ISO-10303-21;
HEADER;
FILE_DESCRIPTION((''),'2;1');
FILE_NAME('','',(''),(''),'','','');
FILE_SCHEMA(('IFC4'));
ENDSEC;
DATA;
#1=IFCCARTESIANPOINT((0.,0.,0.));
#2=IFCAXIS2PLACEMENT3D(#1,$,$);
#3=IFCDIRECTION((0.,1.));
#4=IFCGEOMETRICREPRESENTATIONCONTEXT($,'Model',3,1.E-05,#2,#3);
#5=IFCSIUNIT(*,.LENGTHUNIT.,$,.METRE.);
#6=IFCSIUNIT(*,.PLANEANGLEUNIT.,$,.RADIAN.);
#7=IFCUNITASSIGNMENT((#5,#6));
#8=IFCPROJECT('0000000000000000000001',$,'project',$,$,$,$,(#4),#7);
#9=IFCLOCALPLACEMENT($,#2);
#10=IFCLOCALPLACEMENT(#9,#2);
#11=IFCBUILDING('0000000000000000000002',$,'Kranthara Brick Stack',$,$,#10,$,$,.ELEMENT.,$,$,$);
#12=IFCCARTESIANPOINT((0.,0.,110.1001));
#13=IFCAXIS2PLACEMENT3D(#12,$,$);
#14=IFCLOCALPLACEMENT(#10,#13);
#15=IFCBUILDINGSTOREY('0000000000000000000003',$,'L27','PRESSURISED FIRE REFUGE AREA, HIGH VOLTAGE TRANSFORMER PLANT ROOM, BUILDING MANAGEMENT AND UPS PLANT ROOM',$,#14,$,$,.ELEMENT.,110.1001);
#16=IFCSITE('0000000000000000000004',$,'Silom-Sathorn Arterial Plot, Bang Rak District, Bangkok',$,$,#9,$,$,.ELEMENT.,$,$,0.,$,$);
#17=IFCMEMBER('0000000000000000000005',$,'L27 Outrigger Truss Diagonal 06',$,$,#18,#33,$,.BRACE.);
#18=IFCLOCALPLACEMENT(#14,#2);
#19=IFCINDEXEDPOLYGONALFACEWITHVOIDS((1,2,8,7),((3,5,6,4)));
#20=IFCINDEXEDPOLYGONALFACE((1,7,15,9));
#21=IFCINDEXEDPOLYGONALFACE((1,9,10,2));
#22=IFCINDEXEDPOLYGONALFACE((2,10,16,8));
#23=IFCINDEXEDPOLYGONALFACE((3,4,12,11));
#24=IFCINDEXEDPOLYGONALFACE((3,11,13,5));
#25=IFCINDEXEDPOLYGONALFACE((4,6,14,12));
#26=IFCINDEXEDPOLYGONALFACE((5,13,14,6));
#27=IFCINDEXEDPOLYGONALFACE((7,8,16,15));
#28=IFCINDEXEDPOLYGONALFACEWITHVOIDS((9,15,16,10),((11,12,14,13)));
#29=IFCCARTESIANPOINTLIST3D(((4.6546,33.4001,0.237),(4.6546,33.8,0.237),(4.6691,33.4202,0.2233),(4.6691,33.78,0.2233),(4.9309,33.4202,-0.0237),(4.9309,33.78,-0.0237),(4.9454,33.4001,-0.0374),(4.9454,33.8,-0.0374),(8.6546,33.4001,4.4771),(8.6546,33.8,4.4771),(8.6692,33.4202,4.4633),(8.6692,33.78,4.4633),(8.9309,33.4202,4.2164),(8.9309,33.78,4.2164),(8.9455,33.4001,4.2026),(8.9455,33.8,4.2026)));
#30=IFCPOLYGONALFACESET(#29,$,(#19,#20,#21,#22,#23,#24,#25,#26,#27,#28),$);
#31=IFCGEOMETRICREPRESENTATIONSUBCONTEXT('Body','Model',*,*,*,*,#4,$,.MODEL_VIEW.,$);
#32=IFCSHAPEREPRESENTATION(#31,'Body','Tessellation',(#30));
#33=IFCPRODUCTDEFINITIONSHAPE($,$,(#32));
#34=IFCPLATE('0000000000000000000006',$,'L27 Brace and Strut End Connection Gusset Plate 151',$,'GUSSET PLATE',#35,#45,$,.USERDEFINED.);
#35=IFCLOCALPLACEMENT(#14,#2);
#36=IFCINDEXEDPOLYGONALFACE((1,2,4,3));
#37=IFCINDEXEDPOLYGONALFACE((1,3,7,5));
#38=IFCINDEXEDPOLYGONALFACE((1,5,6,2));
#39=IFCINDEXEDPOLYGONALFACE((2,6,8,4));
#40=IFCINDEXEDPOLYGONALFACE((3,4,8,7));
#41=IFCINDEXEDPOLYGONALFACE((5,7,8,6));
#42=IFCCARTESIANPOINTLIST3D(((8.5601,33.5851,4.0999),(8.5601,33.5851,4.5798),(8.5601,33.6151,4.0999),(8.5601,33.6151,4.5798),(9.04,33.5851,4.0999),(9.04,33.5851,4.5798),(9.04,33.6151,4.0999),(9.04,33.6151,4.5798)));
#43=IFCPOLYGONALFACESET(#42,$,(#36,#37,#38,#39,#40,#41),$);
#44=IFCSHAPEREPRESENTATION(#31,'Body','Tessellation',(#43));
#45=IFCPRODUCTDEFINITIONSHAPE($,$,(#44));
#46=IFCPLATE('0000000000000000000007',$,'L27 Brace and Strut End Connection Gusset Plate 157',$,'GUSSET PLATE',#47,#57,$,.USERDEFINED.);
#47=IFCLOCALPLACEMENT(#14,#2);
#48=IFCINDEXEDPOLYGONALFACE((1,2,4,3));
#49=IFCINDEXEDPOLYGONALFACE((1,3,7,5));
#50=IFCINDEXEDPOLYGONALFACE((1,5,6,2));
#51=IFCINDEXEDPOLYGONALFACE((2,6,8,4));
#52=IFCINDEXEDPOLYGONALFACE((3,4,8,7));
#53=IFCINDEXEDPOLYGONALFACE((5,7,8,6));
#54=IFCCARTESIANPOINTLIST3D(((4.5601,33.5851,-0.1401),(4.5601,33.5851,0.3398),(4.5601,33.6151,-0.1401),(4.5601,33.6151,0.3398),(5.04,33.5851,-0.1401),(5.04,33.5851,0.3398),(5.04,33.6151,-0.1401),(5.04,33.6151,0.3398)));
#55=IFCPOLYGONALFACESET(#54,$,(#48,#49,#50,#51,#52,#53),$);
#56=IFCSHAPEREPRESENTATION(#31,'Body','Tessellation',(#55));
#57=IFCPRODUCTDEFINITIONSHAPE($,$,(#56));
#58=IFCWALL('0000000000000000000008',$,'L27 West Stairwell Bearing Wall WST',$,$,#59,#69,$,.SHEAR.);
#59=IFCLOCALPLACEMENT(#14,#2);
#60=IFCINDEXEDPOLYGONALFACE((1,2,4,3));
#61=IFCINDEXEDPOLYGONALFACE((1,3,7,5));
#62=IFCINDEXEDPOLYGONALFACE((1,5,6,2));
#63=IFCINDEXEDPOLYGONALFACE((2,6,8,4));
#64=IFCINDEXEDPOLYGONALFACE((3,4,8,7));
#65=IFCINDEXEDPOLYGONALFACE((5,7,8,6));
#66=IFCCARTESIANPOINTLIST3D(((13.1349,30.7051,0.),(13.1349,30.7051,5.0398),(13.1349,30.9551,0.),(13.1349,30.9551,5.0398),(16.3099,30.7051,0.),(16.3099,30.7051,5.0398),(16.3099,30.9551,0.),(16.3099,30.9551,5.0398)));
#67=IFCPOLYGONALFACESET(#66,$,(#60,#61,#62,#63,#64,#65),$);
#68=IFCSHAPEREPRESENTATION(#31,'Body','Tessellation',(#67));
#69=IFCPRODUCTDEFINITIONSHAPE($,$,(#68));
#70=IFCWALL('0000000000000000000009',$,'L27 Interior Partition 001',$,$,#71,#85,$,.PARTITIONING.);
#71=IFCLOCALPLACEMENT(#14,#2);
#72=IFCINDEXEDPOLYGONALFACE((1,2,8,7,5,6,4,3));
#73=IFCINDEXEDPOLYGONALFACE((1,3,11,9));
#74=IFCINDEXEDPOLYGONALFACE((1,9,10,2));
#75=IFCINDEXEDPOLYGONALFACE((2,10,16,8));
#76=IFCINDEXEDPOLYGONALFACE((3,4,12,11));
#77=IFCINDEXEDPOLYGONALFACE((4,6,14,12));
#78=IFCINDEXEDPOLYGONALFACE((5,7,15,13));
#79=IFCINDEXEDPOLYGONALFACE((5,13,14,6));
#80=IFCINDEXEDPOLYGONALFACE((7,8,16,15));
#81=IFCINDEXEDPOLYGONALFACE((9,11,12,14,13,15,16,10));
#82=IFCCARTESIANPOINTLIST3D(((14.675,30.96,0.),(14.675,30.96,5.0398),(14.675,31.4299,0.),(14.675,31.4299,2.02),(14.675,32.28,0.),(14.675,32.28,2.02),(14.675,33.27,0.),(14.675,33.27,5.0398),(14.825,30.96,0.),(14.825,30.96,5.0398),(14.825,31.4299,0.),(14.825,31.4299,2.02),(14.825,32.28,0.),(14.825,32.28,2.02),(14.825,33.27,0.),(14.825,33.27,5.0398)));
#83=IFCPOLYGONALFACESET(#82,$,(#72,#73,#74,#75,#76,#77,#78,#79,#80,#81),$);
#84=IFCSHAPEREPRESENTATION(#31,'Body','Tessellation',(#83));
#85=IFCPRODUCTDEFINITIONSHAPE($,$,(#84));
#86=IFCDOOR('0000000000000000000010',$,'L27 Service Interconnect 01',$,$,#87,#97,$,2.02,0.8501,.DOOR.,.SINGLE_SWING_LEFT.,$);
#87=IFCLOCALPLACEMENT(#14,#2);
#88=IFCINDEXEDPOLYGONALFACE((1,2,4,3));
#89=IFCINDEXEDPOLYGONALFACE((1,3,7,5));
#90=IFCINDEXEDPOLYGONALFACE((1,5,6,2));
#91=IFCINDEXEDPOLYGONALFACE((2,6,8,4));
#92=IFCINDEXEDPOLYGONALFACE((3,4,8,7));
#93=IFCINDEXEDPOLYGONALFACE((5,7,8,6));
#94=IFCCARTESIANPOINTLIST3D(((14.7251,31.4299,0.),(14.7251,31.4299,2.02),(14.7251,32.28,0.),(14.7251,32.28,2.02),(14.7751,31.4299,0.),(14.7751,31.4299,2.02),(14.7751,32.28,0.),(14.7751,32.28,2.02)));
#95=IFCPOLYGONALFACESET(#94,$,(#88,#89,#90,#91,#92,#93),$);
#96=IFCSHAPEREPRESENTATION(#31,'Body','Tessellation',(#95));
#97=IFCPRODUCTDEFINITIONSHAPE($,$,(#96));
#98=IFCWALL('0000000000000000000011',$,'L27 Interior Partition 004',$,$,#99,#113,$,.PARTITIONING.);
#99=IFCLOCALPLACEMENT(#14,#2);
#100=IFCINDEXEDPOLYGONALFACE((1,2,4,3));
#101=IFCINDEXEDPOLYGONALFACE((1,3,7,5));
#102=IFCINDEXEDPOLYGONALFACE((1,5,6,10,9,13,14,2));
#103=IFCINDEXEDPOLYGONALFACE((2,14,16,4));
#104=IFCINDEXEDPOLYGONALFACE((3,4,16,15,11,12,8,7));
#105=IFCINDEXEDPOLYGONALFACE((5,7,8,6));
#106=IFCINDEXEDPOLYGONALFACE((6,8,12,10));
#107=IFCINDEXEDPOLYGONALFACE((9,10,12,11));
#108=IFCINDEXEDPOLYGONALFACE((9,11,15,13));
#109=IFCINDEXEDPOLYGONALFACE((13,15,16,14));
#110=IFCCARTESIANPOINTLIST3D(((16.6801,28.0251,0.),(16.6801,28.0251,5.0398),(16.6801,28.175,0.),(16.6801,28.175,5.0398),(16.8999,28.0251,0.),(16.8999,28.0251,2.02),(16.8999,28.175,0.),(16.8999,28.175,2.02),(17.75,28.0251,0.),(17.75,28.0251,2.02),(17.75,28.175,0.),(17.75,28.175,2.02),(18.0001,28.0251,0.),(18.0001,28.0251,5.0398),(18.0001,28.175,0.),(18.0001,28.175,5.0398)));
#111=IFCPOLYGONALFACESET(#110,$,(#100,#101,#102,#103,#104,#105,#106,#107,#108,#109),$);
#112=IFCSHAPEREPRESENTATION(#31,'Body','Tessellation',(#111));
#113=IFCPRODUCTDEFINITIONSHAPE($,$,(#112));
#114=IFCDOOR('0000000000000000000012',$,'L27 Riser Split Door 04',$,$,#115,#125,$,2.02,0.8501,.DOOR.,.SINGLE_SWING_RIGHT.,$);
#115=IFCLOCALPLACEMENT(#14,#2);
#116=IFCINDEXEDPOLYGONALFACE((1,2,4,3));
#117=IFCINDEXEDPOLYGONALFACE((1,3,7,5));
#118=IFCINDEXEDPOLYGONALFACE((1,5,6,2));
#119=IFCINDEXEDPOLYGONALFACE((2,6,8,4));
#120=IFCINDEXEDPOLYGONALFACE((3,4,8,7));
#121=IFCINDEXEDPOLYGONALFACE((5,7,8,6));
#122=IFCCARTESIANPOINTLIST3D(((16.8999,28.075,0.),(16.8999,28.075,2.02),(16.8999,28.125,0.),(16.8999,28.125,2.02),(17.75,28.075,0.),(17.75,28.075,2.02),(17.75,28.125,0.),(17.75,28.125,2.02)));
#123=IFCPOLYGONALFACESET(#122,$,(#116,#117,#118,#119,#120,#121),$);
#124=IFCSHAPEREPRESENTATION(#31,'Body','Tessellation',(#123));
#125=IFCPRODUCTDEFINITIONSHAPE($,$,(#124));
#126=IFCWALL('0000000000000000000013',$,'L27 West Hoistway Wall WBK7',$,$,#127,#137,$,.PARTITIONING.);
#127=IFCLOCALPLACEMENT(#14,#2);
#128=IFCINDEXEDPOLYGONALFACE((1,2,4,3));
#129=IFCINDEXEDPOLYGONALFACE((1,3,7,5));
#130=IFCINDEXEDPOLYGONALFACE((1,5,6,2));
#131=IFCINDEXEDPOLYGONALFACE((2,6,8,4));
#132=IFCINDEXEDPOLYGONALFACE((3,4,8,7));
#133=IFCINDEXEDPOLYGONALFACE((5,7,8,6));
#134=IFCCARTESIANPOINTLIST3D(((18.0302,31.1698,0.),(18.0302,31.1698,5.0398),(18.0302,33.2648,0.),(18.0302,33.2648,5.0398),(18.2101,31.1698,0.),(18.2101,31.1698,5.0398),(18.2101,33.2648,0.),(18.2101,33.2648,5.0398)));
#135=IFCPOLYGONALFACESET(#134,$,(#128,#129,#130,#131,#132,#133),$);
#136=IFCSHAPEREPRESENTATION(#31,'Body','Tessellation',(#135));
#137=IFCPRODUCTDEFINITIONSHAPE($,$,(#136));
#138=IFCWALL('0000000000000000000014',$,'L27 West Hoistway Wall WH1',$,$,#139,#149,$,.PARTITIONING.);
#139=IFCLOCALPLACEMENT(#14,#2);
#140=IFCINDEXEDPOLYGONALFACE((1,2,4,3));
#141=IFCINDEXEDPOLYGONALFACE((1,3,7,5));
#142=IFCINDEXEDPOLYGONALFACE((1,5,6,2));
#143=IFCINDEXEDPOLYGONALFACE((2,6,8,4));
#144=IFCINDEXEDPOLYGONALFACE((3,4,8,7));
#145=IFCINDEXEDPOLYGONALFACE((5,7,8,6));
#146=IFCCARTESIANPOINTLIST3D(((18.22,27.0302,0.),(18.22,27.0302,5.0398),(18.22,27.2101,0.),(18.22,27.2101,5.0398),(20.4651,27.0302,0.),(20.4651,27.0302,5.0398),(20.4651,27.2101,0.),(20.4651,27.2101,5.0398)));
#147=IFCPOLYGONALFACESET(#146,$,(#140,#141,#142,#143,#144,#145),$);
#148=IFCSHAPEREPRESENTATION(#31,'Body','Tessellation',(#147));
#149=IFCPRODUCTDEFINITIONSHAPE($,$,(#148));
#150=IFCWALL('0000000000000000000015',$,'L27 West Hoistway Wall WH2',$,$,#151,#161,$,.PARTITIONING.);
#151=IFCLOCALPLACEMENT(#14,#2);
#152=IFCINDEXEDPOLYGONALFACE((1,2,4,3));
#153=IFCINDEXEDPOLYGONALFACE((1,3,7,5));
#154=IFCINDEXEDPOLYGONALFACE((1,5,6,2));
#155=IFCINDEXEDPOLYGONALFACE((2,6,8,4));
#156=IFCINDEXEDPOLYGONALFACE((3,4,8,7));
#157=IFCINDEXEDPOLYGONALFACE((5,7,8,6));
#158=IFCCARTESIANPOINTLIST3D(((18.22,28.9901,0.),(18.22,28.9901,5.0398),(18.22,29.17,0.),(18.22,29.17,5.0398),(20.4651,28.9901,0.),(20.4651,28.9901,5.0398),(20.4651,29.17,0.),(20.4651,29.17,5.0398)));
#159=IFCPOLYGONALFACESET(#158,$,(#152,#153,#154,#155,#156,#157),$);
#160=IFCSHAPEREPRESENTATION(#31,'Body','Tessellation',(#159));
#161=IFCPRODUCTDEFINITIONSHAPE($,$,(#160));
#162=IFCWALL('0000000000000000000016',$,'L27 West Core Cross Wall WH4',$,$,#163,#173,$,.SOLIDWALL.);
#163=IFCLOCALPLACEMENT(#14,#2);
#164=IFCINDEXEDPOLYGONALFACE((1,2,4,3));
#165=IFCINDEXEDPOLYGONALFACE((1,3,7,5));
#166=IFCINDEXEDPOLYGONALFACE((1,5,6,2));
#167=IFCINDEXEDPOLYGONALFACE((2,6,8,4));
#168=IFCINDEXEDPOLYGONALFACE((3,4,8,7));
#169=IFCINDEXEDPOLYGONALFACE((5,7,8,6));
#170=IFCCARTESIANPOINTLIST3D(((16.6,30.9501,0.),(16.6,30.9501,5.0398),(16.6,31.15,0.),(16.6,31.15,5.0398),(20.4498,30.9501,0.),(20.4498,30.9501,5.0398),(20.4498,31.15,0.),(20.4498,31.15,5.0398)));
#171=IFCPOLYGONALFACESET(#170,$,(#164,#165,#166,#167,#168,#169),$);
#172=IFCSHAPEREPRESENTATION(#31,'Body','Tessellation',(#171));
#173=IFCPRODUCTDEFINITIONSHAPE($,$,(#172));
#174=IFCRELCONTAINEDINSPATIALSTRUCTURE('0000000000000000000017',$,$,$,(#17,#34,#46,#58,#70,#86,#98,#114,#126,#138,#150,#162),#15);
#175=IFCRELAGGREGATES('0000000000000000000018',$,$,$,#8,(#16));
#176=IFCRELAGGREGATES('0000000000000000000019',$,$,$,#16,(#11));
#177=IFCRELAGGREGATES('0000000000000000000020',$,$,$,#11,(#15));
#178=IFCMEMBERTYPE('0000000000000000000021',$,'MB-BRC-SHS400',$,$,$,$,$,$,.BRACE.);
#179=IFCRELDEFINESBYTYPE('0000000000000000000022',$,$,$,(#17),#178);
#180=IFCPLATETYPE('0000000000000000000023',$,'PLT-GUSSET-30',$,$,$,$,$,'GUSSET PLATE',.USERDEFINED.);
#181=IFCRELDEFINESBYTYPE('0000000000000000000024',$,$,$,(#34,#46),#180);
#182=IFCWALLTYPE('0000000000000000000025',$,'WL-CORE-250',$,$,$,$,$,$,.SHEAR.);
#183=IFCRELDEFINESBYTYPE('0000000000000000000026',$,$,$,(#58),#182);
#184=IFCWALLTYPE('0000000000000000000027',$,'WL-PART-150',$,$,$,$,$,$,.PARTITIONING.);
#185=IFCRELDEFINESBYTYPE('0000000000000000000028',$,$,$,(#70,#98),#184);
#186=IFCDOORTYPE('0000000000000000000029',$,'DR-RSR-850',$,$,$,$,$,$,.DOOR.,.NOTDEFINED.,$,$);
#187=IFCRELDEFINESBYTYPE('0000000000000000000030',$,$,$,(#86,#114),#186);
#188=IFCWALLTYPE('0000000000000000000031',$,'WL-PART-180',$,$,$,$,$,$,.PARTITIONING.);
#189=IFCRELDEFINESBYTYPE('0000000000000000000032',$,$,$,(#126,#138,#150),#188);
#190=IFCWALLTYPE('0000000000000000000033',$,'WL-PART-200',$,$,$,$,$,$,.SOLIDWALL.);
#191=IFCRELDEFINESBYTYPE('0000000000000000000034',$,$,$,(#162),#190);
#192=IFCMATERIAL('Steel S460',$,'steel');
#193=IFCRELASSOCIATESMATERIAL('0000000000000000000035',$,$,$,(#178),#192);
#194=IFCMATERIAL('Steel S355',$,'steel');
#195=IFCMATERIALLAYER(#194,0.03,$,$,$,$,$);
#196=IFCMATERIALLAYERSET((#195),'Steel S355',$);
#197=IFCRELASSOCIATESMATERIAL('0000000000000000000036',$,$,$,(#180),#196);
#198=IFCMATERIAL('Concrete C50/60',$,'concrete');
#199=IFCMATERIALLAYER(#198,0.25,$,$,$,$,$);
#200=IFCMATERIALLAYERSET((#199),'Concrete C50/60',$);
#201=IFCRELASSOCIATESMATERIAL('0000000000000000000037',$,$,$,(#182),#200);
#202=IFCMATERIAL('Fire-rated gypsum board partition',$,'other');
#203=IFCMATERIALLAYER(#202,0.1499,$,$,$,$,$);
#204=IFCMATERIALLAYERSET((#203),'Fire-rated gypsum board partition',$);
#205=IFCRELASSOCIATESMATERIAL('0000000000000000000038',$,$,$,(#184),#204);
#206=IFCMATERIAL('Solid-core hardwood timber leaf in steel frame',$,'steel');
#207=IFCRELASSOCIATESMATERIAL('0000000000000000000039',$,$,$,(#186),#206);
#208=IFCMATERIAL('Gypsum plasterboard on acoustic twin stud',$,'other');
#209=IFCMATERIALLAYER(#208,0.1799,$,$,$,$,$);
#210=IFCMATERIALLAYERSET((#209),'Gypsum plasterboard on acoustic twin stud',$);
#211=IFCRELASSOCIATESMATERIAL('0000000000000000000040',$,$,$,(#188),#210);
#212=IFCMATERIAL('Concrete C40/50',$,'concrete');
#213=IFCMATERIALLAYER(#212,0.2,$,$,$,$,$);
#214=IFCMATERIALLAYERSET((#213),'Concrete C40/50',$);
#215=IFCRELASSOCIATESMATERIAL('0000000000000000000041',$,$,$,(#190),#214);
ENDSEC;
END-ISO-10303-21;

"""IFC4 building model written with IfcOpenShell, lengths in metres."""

from ifc_helpers import new_model, si_unit, direction, frame, frame_2d, origin, origin_2d, place, context, subcontext, project, spatial, rectangle, hollow_rectangle, extrude, material, layer, layer_set, material_profile, profile_set, type_object, element, fill, save


model = new_model("IFC4")

# Units and contexts
model_context = context("Model", 3, precision=1e-05, world=origin(), true_north=direction((0.0, 1.0)))
body_context = subcontext(model_context, "Body", "Model", "MODEL_VIEW")
ifc_project = project(units=[si_unit("LENGTHUNIT", "METRE"), si_unit("PLANEANGLEUNIT", "RADIAN")], contexts=[model_context])

# Site, building, storey
site_placement = place(None, origin())
site = spatial("IfcSite", under=ifc_project, at=site_placement, Name="Silom-Sathorn Arterial Plot, Bang Rak District, Bangkok", CompositionType="ELEMENT", RefElevation=0.0)
building_placement = place(site_placement, origin())
building = spatial("IfcBuilding", under=site, at=building_placement, Name="Kranthara Brick Stack", CompositionType="ELEMENT")
storey_placement = place(building_placement, frame((0.0, 0.0, 110.1001)))
storey = spatial("IfcBuildingStorey", under=building, at=storey_placement, Name="L27", Description="PRESSURISED FIRE REFUGE AREA, HIGH VOLTAGE TRANSFORMER PLANT ROOM, BUILDING MANAGEMENT AND UPS PLANT ROOM", CompositionType="ELEMENT", Elevation=110.1001)

# Member
ifc_material_1 = material(Name="Steel S460", Category="steel")
ifc_material_profile_1 = material_profile(ifc_material_1, hollow_rectangle(XDim=0.3999, YDim=0.3999, WallThickness=0.02, at=origin_2d()), Name="SHS 400x400x20")
ifc_profile_set_1 = profile_set([ifc_material_profile_1], Name="Steel S460")
member_type = type_object("IfcMemberType", Name="MB-BRC-SHS400", PredefinedType="BRACE", material=ifc_profile_set_1)
member_placement = place(storey_placement, frame((8.8, 33.6001, 4.3398), z_axis=(-0.686221, 0.0, -0.727393), x_axis=(0.0, -1.0, 0.0)))
element("IfcMember", 1, at=member_placement, inside=storey, type_object=member_type, Name="L27 Outrigger Truss Diagonal 06", PredefinedType="BRACE", context=body_context, shape_type="SweptSolid", body=[
    extrude(hollow_rectangle(XDim=0.3999, YDim=0.3999, WallThickness=0.02, at=origin_2d()), origin(), (0.0, 0.0, 1.0), 5.8291),
])

# Plates
ifc_material_2 = material(Name="Steel S355", Category="steel")
ifc_layer_1 = layer(ifc_material_2, 0.03)
ifc_layer_set_1 = layer_set([ifc_layer_1], Name="Steel S355")
plate_type = type_object("IfcPlateType", Name="PLT-GUSSET-30", ElementType="GUSSET PLATE", PredefinedType="USERDEFINED", material=ifc_layer_set_1)
for number, where, z_axis, x_axis, name in (
    (2, (8.8, 33.6001, 4.0999), (0.0, 0.0, 1.0), (1.0, 0.0, 0.0), "L27 Brace and Strut End Connection Gusset Plate 151"),
    (3, (4.8, 33.6001, -0.1401), (0.0, 0.0, 1.0), (1.0, 0.0, 0.0), "L27 Brace and Strut End Connection Gusset Plate 157"),
):
    element("IfcPlate", number, at=place(storey_placement, frame(where, z_axis=z_axis, x_axis=x_axis)), inside=storey, type_object=plate_type, Name=name, ObjectType="GUSSET PLATE", PredefinedType="USERDEFINED", context=body_context, shape_type="SweptSolid", body=[
        extrude(rectangle(XDim=0.48, YDim=0.03, at=origin_2d()), origin(), (0.0, 0.0, 1.0), 0.48),
    ])

# Wall
ifc_material_3 = material(Name="Concrete C50/60", Category="concrete")
ifc_layer_2 = layer(ifc_material_3, 0.25)
ifc_layer_set_2 = layer_set([ifc_layer_2], Name="Concrete C50/60")
wall_type_1 = type_object("IfcWallType", Name="WL-CORE-250", PredefinedType="SHEAR", material=ifc_layer_set_2)
wall_1_placement = place(storey_placement, frame((13.135, 30.8301, 0.0), z_axis=(0.0, 0.0, 1.0), x_axis=(1.0, 0.0, 0.0)))
element("IfcWall", 4, at=wall_1_placement, inside=storey, type_object=wall_type_1, Name="L27 West Stairwell Bearing Wall WST", PredefinedType="SHEAR", context=body_context, shape_type="SweptSolid", body=[
    extrude(rectangle(XDim=3.175, YDim=0.25, at=frame_2d((1.5874, 0.0))), origin(), (0.0, 0.0, 1.0), 5.0398),
])

# Walls, openings, doors
ifc_material_4 = material(Name="Fire-rated gypsum board partition", Category="other")
ifc_layer_3 = layer(ifc_material_4, 0.1499)
ifc_layer_set_3 = layer_set([ifc_layer_3], Name="Fire-rated gypsum board partition")
wall_type_2 = type_object("IfcWallType", Name="WL-PART-150", PredefinedType="PARTITIONING", material=ifc_layer_set_3)
wall_2_placement = place(storey_placement, frame((14.75, 30.96, 0.0), z_axis=(0.0, 0.0, 1.0), x_axis=(0.0, 1.0, 0.0)))
wall_2 = element("IfcWall", 5, at=wall_2_placement, inside=storey, type_object=wall_type_2, Name="L27 Interior Partition 001", PredefinedType="PARTITIONING", context=body_context, shape_type="SweptSolid", body=[
    extrude(rectangle(XDim=2.3101, YDim=0.1499, at=frame_2d((1.155, 0.0))), origin(), (0.0, 0.0, 1.0), 5.0398),
])
opening_1_placement = place(wall_2_placement, frame((0.47, 0.0, 0.0)))
opening_1 = element("IfcOpeningElement", 6, at=opening_1_placement, cuts=wall_2, PredefinedType="OPENING", context=body_context, shape_type="SweptSolid", body=[
    extrude(rectangle(XDim=0.8501, YDim=2.02, at=frame_2d((0.425, 1.01))), frame((0.0, 0.085, 0.0), z_axis=(0.0, -1.0, 0.0), x_axis=(1.0, 0.0, 0.0)), (0.0, 0.0, 1.0), 0.1699),
])
ifc_material_5 = material(Name="Solid-core hardwood timber leaf in steel frame", Category="steel")
door_type_1 = type_object("IfcDoorType", Name="DR-RSR-850", OperationType="NOTDEFINED", PredefinedType="DOOR", material=ifc_material_5)
door_1_placement = place(opening_1_placement, origin())
door_1 = element("IfcDoor", 7, at=door_1_placement, inside=storey, type_object=door_type_1, Name="L27 Service Interconnect 01", OperationType="SINGLE_SWING_LEFT", OverallHeight=2.02, OverallWidth=0.8501, PredefinedType="DOOR", context=body_context, shape_type="SweptSolid", body=[
    extrude(rectangle(XDim=0.8501, YDim=2.02, at=frame_2d((0.425, 1.01))), frame((0.0, 0.0249, 0.0), z_axis=(0.0, -1.0, 0.0), x_axis=(1.0, 0.0, 0.0)), (0.0, 0.0, 1.0), 0.05),
])
fill(opening_1, door_1)
wall_3_placement = place(storey_placement, frame((16.6799, 28.1001, 0.0), z_axis=(0.0, 0.0, 1.0), x_axis=(1.0, 0.0, 0.0)))
wall_3 = element("IfcWall", 8, at=wall_3_placement, inside=storey, type_object=wall_type_2, Name="L27 Interior Partition 004", PredefinedType="PARTITIONING", context=body_context, shape_type="SweptSolid", body=[
    extrude(rectangle(XDim=1.3201, YDim=0.1499, at=frame_2d((0.6602, 0.0))), origin(), (0.0, 0.0, 1.0), 5.0398),
])
opening_2_placement = place(wall_3_placement, frame((0.22, 0.0, 0.0)))
opening_2 = element("IfcOpeningElement", 9, at=opening_2_placement, cuts=wall_3, PredefinedType="OPENING", context=body_context, shape_type="SweptSolid", body=[
    extrude(rectangle(XDim=0.8501, YDim=2.02, at=frame_2d((0.425, 1.01))), frame((0.0, 0.085, 0.0), z_axis=(0.0, -1.0, 0.0), x_axis=(1.0, 0.0, 0.0)), (0.0, 0.0, 1.0), 0.1699),
])
door_2_placement = place(opening_2_placement, origin())
door_2 = element("IfcDoor", 10, at=door_2_placement, inside=storey, type_object=door_type_1, Name="L27 Riser Split Door 04", OperationType="SINGLE_SWING_RIGHT", OverallHeight=2.02, OverallWidth=0.8501, PredefinedType="DOOR", context=body_context, shape_type="SweptSolid", body=[
    extrude(rectangle(XDim=0.8501, YDim=2.02, at=frame_2d((0.425, 1.01))), frame((0.0, 0.0249, 0.0), z_axis=(0.0, -1.0, 0.0), x_axis=(1.0, 0.0, 0.0)), (0.0, 0.0, 1.0), 0.05),
])
fill(opening_2, door_2)

# Walls
ifc_material_6 = material(Name="Gypsum plasterboard on acoustic twin stud", Category="other")
ifc_layer_4 = layer(ifc_material_6, 0.1799)
ifc_layer_set_4 = layer_set([ifc_layer_4], Name="Gypsum plasterboard on acoustic twin stud")
wall_type_3 = type_object("IfcWallType", Name="WL-PART-180", PredefinedType="PARTITIONING", material=ifc_layer_set_4)
wall_4_placement = place(storey_placement, frame((18.1201, 31.1699, 0.0), z_axis=(0.0, 0.0, 1.0), x_axis=(0.0, 1.0, 0.0)))
element("IfcWall", 11, at=wall_4_placement, inside=storey, type_object=wall_type_3, Name="L27 West Hoistway Wall WBK7", PredefinedType="PARTITIONING", context=body_context, shape_type="SweptSolid", body=[
    extrude(rectangle(XDim=2.095, YDim=0.1799, at=frame_2d((1.0474, 0.0))), origin(), (0.0, 0.0, 1.0), 5.0398),
])
for number, where, z_axis, x_axis, name in (
    (12, (18.22, 27.1201, 0.0), (0.0, 0.0, 1.0), (1.0, 0.0, 0.0), "L27 West Hoistway Wall WH1"),
    (13, (18.22, 29.0801, 0.0), (0.0, 0.0, 1.0), (1.0, 0.0, 0.0), "L27 West Hoistway Wall WH2"),
):
    element("IfcWall", number, at=place(storey_placement, frame(where, z_axis=z_axis, x_axis=x_axis)), inside=storey, type_object=wall_type_3, Name=name, PredefinedType="PARTITIONING", context=body_context, shape_type="SweptSolid", body=[
        extrude(rectangle(XDim=2.2451, YDim=0.1799, at=frame_2d((1.1226, 0.0))), origin(), (0.0, 0.0, 1.0), 5.0398),
    ])
ifc_material_7 = material(Name="Concrete C40/50", Category="concrete")
ifc_layer_5 = layer(ifc_material_7, 0.2)
ifc_layer_set_5 = layer_set([ifc_layer_5], Name="Concrete C40/50")
wall_type_4 = type_object("IfcWallType", Name="WL-PART-200", PredefinedType="SOLIDWALL", material=ifc_layer_set_5)
wall_5_placement = place(storey_placement, frame((16.6001, 31.05, 0.0), z_axis=(0.0, 0.0, 1.0), x_axis=(1.0, 0.0, 0.0)))
element("IfcWall", 14, at=wall_5_placement, inside=storey, type_object=wall_type_4, Name="L27 West Core Cross Wall WH4", PredefinedType="SOLIDWALL", context=body_context, shape_type="SweptSolid", body=[
    extrude(rectangle(XDim=3.8499, YDim=0.2, at=frame_2d((1.9248, 0.0))), origin(), (0.0, 0.0, 1.0), 5.0398),
])

save(model, "model.ifc")
